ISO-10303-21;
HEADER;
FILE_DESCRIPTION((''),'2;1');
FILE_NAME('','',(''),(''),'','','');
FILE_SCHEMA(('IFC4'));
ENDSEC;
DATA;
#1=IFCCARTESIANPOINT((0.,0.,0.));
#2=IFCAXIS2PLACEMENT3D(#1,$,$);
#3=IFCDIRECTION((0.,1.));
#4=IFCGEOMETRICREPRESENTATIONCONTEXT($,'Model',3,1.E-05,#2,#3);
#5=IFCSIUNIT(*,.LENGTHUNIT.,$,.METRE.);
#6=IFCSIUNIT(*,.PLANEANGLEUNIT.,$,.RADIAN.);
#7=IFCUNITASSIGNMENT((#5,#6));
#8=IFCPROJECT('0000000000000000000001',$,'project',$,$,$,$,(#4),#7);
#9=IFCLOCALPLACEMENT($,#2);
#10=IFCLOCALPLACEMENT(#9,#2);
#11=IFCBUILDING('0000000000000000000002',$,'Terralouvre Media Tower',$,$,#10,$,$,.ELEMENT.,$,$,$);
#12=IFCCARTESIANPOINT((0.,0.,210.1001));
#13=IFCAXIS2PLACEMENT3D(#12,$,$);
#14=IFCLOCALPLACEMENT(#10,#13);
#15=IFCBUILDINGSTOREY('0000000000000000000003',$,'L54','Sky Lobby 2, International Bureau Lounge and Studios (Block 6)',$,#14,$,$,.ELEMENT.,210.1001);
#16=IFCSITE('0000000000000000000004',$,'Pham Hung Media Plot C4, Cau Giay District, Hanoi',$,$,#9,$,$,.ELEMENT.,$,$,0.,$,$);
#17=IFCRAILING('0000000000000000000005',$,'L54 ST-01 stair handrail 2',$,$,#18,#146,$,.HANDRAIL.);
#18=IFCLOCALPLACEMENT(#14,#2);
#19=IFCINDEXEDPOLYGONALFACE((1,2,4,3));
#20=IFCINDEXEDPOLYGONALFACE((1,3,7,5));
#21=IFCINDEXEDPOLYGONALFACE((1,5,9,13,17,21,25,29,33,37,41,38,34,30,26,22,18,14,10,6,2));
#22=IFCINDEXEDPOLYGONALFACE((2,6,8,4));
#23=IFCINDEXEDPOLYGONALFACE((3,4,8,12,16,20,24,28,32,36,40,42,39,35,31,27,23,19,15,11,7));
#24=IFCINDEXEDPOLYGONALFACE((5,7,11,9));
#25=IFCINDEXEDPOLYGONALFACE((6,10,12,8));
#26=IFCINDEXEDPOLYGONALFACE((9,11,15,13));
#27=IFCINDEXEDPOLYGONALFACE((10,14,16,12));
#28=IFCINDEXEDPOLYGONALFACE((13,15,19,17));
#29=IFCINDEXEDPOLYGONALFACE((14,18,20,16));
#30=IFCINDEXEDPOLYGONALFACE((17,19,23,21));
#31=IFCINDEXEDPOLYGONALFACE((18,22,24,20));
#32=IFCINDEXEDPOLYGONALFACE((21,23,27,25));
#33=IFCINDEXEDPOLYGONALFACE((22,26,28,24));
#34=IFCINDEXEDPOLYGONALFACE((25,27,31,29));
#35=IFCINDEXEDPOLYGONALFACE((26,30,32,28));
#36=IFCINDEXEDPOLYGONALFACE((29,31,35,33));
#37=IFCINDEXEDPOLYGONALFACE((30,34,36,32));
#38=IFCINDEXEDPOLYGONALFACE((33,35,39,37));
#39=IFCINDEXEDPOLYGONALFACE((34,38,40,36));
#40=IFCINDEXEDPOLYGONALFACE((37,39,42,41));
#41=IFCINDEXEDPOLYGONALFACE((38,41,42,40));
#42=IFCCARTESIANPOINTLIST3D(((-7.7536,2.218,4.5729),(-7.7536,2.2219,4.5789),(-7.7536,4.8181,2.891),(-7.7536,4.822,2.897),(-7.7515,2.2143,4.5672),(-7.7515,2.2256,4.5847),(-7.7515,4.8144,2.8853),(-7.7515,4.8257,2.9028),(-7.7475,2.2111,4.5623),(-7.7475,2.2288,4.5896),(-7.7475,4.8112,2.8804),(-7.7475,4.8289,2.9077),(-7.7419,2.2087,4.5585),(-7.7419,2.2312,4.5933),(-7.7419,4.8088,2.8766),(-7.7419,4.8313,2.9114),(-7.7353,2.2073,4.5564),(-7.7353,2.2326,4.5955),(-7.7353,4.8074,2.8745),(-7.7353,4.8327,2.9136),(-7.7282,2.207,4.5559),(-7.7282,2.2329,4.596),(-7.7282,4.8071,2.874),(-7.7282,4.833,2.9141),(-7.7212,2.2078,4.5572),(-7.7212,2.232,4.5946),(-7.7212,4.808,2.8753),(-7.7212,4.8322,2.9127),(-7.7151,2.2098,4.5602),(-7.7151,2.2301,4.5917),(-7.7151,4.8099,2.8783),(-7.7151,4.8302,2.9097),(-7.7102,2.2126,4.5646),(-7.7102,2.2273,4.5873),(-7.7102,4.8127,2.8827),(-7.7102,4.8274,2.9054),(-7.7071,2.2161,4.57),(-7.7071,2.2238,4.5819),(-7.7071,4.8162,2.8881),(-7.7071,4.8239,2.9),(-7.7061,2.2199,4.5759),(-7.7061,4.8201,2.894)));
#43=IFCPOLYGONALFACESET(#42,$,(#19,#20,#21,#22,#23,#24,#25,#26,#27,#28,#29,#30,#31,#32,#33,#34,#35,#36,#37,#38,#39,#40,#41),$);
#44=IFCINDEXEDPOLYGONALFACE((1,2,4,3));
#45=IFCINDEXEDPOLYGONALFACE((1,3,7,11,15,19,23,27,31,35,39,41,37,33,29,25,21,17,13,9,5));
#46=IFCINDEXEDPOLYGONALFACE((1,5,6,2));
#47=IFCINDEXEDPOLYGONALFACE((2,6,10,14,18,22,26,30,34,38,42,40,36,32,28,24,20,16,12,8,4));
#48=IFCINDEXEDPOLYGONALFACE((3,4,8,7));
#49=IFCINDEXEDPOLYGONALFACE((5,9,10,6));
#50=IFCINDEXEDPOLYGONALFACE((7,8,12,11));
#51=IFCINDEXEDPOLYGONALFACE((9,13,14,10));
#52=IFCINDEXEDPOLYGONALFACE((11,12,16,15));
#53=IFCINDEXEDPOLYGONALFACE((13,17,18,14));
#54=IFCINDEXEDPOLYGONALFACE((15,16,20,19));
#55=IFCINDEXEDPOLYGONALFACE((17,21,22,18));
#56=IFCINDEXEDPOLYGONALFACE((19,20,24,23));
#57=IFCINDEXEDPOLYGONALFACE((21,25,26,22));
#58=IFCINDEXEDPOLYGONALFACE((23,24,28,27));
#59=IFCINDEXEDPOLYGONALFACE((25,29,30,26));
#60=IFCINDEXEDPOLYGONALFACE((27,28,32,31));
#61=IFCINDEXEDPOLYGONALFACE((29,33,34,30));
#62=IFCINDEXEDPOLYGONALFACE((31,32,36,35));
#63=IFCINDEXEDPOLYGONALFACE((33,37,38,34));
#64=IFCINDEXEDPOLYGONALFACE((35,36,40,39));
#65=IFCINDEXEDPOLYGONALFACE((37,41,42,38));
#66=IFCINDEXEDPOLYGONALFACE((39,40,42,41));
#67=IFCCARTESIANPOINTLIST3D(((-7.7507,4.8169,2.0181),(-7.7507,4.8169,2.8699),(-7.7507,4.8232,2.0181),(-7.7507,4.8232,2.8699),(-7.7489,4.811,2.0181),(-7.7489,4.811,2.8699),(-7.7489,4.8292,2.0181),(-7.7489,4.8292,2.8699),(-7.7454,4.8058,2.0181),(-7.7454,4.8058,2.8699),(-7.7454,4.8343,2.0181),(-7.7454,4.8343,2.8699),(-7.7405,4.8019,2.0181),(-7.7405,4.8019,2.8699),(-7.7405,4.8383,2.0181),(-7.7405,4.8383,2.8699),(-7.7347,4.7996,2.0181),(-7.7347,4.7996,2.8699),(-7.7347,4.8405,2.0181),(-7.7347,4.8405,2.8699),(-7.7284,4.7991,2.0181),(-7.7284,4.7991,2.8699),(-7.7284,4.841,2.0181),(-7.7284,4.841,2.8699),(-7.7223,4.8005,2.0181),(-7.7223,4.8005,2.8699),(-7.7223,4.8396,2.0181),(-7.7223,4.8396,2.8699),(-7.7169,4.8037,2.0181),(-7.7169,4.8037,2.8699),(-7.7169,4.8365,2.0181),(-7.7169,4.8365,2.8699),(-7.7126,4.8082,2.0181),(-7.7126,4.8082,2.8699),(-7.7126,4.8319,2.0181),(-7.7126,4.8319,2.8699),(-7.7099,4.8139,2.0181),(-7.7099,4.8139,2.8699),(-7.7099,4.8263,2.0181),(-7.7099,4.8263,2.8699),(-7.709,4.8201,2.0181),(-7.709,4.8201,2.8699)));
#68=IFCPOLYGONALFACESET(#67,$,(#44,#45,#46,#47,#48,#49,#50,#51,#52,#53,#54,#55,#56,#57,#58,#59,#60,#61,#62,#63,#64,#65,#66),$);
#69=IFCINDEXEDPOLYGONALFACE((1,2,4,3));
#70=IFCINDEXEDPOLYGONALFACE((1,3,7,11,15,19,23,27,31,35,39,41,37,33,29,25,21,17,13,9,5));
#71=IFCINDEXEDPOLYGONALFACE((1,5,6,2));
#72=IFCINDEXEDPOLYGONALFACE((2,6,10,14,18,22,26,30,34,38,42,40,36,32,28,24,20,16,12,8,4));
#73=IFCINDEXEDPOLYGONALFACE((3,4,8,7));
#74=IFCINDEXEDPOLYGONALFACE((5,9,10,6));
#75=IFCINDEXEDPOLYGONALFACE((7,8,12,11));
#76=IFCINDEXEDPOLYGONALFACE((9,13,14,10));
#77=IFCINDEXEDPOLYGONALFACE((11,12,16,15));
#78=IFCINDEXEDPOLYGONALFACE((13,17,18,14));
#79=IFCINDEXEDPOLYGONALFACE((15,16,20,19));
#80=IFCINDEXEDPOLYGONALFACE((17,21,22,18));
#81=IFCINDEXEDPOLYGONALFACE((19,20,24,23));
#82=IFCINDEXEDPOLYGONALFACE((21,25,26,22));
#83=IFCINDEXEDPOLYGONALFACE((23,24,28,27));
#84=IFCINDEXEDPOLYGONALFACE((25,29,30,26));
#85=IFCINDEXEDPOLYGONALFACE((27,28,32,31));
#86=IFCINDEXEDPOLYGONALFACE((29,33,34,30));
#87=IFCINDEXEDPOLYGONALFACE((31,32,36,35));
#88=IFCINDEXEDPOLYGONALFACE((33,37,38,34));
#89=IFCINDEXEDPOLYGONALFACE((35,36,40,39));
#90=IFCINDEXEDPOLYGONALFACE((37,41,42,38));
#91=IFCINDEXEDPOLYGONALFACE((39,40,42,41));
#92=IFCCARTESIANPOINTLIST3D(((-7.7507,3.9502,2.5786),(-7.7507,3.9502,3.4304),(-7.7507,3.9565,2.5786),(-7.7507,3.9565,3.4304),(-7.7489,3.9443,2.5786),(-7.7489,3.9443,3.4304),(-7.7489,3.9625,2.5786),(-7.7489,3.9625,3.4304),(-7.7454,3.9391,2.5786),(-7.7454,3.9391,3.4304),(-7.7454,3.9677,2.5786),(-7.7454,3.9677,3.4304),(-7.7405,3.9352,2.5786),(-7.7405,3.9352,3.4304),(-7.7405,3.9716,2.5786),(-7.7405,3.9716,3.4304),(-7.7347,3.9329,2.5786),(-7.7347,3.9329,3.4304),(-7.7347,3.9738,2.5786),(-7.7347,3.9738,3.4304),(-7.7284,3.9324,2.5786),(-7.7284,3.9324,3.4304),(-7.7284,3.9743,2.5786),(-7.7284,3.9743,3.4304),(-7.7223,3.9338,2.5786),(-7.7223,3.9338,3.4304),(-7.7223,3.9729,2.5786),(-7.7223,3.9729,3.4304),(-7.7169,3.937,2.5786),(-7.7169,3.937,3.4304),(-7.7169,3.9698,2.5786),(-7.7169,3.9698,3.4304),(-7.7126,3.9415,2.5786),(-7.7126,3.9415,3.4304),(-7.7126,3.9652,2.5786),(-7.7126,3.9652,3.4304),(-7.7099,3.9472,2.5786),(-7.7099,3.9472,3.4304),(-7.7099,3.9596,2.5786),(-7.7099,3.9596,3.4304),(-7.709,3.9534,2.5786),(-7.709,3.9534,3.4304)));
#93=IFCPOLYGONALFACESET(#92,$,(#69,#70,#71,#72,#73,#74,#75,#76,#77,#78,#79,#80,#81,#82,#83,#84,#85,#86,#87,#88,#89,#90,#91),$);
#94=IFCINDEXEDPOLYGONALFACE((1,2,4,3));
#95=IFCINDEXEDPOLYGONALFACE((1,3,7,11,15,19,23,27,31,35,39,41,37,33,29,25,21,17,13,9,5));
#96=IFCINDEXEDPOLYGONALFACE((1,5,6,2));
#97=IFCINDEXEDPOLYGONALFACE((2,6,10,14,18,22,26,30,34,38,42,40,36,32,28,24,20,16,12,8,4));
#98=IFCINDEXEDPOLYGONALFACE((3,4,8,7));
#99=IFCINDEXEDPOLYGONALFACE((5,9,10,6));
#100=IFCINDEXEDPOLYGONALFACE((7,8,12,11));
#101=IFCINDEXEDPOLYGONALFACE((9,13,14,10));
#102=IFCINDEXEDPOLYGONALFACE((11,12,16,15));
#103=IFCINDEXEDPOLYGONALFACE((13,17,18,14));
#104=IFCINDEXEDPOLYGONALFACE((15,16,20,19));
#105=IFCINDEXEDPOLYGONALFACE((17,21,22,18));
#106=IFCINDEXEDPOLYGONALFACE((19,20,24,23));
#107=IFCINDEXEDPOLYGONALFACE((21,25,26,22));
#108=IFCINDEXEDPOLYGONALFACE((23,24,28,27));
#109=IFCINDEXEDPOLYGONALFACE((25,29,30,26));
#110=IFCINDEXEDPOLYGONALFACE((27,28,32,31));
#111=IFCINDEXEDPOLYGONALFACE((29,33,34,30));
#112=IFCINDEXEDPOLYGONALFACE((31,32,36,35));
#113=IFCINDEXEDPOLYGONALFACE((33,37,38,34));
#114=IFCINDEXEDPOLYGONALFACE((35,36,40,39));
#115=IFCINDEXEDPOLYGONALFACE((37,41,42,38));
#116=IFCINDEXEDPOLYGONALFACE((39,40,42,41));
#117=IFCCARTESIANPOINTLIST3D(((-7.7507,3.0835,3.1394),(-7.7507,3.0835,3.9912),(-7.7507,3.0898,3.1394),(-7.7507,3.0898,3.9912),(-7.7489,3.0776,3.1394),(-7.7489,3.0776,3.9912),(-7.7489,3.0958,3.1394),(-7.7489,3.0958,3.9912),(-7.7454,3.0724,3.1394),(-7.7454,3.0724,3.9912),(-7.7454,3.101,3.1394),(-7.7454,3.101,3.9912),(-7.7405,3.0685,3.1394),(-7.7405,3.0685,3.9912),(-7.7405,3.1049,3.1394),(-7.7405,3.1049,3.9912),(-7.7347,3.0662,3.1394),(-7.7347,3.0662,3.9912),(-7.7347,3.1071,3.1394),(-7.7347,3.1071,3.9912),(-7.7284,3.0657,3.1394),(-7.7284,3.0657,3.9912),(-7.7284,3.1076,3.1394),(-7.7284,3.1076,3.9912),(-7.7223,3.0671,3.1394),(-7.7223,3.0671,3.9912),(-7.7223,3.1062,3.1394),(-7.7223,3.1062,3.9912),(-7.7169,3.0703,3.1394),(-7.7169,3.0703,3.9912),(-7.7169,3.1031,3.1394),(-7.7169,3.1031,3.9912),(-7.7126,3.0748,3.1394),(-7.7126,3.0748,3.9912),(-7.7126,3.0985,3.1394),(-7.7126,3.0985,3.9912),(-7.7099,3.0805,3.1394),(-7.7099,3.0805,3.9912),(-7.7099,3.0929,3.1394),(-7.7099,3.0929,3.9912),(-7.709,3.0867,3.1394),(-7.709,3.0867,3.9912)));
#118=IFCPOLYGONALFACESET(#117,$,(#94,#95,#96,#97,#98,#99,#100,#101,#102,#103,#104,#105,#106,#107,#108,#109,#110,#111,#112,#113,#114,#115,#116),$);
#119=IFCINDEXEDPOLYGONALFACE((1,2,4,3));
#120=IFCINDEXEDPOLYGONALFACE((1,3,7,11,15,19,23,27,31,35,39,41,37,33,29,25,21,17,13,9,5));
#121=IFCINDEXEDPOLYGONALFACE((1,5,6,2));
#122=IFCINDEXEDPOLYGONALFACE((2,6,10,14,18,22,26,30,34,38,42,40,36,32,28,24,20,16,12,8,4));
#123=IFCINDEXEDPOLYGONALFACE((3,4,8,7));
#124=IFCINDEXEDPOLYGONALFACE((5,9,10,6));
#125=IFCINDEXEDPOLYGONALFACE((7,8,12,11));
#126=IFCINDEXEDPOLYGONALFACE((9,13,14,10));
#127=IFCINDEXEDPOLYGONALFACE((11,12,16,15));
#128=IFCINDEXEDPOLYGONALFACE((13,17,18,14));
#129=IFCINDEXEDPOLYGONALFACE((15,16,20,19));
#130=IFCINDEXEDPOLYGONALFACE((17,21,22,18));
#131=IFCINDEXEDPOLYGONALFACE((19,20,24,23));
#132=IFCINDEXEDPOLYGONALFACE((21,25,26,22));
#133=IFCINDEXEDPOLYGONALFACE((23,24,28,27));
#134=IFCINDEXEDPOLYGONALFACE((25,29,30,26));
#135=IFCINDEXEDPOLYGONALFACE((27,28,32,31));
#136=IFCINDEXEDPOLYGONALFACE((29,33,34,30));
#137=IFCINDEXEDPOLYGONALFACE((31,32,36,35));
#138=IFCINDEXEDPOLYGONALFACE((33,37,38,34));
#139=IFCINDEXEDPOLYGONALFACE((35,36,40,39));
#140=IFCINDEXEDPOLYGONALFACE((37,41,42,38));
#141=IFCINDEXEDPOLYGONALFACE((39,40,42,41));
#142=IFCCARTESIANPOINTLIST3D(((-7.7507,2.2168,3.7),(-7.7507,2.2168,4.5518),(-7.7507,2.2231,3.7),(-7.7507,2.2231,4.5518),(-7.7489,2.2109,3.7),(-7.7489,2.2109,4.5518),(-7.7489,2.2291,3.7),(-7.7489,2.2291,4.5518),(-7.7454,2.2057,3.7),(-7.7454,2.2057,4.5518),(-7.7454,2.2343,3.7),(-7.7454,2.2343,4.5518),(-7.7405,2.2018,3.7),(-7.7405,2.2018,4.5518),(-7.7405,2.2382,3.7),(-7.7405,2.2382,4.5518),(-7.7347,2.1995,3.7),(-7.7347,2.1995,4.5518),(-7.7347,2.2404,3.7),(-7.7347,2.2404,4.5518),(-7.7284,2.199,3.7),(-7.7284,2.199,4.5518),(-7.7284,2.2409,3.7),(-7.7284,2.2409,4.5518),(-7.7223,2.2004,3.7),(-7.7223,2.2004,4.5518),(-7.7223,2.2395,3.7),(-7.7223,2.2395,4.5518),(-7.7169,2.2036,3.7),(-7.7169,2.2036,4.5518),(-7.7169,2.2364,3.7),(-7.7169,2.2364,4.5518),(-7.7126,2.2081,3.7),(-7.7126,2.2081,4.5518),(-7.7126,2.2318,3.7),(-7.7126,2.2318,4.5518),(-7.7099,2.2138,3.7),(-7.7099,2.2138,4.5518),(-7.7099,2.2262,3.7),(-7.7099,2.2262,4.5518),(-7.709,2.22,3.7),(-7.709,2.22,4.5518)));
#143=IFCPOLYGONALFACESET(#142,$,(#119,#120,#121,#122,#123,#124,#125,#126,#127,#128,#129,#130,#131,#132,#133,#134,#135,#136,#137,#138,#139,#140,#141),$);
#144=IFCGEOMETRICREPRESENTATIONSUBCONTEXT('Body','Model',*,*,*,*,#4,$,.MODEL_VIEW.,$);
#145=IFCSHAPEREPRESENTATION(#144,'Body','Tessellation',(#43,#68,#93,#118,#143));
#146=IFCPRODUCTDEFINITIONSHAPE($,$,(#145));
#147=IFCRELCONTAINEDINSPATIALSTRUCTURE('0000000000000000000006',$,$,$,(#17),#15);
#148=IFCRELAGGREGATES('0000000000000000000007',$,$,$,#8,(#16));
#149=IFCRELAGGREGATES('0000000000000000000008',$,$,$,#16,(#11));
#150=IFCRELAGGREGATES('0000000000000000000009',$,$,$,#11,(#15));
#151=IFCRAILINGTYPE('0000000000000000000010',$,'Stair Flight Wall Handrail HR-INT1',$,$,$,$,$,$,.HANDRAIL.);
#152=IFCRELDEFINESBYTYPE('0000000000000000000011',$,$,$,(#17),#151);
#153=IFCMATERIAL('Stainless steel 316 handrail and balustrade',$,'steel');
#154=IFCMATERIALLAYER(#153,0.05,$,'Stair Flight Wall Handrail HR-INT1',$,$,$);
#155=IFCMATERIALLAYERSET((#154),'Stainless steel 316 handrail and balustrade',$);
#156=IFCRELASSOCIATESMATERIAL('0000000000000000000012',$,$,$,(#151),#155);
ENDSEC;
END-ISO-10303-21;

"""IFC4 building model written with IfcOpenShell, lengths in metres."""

from ifc_helpers import new_model, si_unit, direction, frame, origin, origin_2d, place, context, subcontext, project, spatial, circle, extrude, material, layer, layer_set, type_object, element, save


model = new_model("IFC4")

# Units and contexts
model_context = context("Model", 3, precision=1e-05, world=origin(), true_north=direction((0.0, 1.0)))
body_context = subcontext(model_context, "Body", "Model", "MODEL_VIEW")
ifc_project = project(units=[si_unit("LENGTHUNIT", "METRE"), si_unit("PLANEANGLEUNIT", "RADIAN")], contexts=[model_context])

# Site, building, storey
site_placement = place(None, origin())
site = spatial("IfcSite", under=ifc_project, at=site_placement, Name="Pham Hung Media Plot C4, Cau Giay District, Hanoi", CompositionType="ELEMENT", RefElevation=0.0)
building_placement = place(site_placement, origin())
building = spatial("IfcBuilding", under=site, at=building_placement, Name="Terralouvre Media Tower", CompositionType="ELEMENT")
storey_placement = place(building_placement, frame((0.0, 0.0, 210.1001)))
storey = spatial("IfcBuildingStorey", under=building, at=storey_placement, Name="L54", Description="Sky Lobby 2, International Bureau Lounge and Studios (Block 6)", CompositionType="ELEMENT", Elevation=210.1001)

# Railing
ifc_material_1 = material(Name="Stainless steel 316 handrail and balustrade", Category="steel")
ifc_layer_1 = layer(ifc_material_1, 0.05, Name="Stair Flight Wall Handrail HR-INT1")
ifc_layer_set_1 = layer_set([ifc_layer_1], Name="Stainless steel 316 handrail and balustrade")
railing_type_1 = type_object("IfcRailingType", Name="Stair Flight Wall Handrail HR-INT1", PredefinedType="HANDRAIL", material=ifc_layer_set_1)
railing_1_placement = place(storey_placement, frame((-7.73, 4.8201, 2.0181)))
element("IfcRailing", 1, at=railing_1_placement, inside=storey, type_object=railing_type_1, Name="L54 ST-01 stair handrail 2", PredefinedType="HANDRAIL", context=body_context, shape_type="SweptSolid", body=[
    extrude(circle(Radius=0.0239, at=origin_2d()), frame((0.0, 0.0, 0.876), z_axis=(0.0, -0.839648, 0.54313), x_axis=(1.0, 0.0, 0.0)), (0.0, 0.0, 1.0), 3.0967),
    extrude(circle(Radius=0.021, at=origin_2d()), origin(), (0.0, 0.0, 1.0), 0.8518),
    extrude(circle(Radius=0.021, at=origin_2d()), frame((0.0, -0.8667, 0.5605)), (0.0, 0.0, 1.0), 0.8518),
    extrude(circle(Radius=0.021, at=origin_2d()), frame((0.0, -1.7334, 1.1213)), (0.0, 0.0, 1.0), 0.8518),
    extrude(circle(Radius=0.021, at=origin_2d()), frame((0.0, -2.6001, 1.6819)), (0.0, 0.0, 1.0), 0.8518),
])

save(model, "model.ifc")
